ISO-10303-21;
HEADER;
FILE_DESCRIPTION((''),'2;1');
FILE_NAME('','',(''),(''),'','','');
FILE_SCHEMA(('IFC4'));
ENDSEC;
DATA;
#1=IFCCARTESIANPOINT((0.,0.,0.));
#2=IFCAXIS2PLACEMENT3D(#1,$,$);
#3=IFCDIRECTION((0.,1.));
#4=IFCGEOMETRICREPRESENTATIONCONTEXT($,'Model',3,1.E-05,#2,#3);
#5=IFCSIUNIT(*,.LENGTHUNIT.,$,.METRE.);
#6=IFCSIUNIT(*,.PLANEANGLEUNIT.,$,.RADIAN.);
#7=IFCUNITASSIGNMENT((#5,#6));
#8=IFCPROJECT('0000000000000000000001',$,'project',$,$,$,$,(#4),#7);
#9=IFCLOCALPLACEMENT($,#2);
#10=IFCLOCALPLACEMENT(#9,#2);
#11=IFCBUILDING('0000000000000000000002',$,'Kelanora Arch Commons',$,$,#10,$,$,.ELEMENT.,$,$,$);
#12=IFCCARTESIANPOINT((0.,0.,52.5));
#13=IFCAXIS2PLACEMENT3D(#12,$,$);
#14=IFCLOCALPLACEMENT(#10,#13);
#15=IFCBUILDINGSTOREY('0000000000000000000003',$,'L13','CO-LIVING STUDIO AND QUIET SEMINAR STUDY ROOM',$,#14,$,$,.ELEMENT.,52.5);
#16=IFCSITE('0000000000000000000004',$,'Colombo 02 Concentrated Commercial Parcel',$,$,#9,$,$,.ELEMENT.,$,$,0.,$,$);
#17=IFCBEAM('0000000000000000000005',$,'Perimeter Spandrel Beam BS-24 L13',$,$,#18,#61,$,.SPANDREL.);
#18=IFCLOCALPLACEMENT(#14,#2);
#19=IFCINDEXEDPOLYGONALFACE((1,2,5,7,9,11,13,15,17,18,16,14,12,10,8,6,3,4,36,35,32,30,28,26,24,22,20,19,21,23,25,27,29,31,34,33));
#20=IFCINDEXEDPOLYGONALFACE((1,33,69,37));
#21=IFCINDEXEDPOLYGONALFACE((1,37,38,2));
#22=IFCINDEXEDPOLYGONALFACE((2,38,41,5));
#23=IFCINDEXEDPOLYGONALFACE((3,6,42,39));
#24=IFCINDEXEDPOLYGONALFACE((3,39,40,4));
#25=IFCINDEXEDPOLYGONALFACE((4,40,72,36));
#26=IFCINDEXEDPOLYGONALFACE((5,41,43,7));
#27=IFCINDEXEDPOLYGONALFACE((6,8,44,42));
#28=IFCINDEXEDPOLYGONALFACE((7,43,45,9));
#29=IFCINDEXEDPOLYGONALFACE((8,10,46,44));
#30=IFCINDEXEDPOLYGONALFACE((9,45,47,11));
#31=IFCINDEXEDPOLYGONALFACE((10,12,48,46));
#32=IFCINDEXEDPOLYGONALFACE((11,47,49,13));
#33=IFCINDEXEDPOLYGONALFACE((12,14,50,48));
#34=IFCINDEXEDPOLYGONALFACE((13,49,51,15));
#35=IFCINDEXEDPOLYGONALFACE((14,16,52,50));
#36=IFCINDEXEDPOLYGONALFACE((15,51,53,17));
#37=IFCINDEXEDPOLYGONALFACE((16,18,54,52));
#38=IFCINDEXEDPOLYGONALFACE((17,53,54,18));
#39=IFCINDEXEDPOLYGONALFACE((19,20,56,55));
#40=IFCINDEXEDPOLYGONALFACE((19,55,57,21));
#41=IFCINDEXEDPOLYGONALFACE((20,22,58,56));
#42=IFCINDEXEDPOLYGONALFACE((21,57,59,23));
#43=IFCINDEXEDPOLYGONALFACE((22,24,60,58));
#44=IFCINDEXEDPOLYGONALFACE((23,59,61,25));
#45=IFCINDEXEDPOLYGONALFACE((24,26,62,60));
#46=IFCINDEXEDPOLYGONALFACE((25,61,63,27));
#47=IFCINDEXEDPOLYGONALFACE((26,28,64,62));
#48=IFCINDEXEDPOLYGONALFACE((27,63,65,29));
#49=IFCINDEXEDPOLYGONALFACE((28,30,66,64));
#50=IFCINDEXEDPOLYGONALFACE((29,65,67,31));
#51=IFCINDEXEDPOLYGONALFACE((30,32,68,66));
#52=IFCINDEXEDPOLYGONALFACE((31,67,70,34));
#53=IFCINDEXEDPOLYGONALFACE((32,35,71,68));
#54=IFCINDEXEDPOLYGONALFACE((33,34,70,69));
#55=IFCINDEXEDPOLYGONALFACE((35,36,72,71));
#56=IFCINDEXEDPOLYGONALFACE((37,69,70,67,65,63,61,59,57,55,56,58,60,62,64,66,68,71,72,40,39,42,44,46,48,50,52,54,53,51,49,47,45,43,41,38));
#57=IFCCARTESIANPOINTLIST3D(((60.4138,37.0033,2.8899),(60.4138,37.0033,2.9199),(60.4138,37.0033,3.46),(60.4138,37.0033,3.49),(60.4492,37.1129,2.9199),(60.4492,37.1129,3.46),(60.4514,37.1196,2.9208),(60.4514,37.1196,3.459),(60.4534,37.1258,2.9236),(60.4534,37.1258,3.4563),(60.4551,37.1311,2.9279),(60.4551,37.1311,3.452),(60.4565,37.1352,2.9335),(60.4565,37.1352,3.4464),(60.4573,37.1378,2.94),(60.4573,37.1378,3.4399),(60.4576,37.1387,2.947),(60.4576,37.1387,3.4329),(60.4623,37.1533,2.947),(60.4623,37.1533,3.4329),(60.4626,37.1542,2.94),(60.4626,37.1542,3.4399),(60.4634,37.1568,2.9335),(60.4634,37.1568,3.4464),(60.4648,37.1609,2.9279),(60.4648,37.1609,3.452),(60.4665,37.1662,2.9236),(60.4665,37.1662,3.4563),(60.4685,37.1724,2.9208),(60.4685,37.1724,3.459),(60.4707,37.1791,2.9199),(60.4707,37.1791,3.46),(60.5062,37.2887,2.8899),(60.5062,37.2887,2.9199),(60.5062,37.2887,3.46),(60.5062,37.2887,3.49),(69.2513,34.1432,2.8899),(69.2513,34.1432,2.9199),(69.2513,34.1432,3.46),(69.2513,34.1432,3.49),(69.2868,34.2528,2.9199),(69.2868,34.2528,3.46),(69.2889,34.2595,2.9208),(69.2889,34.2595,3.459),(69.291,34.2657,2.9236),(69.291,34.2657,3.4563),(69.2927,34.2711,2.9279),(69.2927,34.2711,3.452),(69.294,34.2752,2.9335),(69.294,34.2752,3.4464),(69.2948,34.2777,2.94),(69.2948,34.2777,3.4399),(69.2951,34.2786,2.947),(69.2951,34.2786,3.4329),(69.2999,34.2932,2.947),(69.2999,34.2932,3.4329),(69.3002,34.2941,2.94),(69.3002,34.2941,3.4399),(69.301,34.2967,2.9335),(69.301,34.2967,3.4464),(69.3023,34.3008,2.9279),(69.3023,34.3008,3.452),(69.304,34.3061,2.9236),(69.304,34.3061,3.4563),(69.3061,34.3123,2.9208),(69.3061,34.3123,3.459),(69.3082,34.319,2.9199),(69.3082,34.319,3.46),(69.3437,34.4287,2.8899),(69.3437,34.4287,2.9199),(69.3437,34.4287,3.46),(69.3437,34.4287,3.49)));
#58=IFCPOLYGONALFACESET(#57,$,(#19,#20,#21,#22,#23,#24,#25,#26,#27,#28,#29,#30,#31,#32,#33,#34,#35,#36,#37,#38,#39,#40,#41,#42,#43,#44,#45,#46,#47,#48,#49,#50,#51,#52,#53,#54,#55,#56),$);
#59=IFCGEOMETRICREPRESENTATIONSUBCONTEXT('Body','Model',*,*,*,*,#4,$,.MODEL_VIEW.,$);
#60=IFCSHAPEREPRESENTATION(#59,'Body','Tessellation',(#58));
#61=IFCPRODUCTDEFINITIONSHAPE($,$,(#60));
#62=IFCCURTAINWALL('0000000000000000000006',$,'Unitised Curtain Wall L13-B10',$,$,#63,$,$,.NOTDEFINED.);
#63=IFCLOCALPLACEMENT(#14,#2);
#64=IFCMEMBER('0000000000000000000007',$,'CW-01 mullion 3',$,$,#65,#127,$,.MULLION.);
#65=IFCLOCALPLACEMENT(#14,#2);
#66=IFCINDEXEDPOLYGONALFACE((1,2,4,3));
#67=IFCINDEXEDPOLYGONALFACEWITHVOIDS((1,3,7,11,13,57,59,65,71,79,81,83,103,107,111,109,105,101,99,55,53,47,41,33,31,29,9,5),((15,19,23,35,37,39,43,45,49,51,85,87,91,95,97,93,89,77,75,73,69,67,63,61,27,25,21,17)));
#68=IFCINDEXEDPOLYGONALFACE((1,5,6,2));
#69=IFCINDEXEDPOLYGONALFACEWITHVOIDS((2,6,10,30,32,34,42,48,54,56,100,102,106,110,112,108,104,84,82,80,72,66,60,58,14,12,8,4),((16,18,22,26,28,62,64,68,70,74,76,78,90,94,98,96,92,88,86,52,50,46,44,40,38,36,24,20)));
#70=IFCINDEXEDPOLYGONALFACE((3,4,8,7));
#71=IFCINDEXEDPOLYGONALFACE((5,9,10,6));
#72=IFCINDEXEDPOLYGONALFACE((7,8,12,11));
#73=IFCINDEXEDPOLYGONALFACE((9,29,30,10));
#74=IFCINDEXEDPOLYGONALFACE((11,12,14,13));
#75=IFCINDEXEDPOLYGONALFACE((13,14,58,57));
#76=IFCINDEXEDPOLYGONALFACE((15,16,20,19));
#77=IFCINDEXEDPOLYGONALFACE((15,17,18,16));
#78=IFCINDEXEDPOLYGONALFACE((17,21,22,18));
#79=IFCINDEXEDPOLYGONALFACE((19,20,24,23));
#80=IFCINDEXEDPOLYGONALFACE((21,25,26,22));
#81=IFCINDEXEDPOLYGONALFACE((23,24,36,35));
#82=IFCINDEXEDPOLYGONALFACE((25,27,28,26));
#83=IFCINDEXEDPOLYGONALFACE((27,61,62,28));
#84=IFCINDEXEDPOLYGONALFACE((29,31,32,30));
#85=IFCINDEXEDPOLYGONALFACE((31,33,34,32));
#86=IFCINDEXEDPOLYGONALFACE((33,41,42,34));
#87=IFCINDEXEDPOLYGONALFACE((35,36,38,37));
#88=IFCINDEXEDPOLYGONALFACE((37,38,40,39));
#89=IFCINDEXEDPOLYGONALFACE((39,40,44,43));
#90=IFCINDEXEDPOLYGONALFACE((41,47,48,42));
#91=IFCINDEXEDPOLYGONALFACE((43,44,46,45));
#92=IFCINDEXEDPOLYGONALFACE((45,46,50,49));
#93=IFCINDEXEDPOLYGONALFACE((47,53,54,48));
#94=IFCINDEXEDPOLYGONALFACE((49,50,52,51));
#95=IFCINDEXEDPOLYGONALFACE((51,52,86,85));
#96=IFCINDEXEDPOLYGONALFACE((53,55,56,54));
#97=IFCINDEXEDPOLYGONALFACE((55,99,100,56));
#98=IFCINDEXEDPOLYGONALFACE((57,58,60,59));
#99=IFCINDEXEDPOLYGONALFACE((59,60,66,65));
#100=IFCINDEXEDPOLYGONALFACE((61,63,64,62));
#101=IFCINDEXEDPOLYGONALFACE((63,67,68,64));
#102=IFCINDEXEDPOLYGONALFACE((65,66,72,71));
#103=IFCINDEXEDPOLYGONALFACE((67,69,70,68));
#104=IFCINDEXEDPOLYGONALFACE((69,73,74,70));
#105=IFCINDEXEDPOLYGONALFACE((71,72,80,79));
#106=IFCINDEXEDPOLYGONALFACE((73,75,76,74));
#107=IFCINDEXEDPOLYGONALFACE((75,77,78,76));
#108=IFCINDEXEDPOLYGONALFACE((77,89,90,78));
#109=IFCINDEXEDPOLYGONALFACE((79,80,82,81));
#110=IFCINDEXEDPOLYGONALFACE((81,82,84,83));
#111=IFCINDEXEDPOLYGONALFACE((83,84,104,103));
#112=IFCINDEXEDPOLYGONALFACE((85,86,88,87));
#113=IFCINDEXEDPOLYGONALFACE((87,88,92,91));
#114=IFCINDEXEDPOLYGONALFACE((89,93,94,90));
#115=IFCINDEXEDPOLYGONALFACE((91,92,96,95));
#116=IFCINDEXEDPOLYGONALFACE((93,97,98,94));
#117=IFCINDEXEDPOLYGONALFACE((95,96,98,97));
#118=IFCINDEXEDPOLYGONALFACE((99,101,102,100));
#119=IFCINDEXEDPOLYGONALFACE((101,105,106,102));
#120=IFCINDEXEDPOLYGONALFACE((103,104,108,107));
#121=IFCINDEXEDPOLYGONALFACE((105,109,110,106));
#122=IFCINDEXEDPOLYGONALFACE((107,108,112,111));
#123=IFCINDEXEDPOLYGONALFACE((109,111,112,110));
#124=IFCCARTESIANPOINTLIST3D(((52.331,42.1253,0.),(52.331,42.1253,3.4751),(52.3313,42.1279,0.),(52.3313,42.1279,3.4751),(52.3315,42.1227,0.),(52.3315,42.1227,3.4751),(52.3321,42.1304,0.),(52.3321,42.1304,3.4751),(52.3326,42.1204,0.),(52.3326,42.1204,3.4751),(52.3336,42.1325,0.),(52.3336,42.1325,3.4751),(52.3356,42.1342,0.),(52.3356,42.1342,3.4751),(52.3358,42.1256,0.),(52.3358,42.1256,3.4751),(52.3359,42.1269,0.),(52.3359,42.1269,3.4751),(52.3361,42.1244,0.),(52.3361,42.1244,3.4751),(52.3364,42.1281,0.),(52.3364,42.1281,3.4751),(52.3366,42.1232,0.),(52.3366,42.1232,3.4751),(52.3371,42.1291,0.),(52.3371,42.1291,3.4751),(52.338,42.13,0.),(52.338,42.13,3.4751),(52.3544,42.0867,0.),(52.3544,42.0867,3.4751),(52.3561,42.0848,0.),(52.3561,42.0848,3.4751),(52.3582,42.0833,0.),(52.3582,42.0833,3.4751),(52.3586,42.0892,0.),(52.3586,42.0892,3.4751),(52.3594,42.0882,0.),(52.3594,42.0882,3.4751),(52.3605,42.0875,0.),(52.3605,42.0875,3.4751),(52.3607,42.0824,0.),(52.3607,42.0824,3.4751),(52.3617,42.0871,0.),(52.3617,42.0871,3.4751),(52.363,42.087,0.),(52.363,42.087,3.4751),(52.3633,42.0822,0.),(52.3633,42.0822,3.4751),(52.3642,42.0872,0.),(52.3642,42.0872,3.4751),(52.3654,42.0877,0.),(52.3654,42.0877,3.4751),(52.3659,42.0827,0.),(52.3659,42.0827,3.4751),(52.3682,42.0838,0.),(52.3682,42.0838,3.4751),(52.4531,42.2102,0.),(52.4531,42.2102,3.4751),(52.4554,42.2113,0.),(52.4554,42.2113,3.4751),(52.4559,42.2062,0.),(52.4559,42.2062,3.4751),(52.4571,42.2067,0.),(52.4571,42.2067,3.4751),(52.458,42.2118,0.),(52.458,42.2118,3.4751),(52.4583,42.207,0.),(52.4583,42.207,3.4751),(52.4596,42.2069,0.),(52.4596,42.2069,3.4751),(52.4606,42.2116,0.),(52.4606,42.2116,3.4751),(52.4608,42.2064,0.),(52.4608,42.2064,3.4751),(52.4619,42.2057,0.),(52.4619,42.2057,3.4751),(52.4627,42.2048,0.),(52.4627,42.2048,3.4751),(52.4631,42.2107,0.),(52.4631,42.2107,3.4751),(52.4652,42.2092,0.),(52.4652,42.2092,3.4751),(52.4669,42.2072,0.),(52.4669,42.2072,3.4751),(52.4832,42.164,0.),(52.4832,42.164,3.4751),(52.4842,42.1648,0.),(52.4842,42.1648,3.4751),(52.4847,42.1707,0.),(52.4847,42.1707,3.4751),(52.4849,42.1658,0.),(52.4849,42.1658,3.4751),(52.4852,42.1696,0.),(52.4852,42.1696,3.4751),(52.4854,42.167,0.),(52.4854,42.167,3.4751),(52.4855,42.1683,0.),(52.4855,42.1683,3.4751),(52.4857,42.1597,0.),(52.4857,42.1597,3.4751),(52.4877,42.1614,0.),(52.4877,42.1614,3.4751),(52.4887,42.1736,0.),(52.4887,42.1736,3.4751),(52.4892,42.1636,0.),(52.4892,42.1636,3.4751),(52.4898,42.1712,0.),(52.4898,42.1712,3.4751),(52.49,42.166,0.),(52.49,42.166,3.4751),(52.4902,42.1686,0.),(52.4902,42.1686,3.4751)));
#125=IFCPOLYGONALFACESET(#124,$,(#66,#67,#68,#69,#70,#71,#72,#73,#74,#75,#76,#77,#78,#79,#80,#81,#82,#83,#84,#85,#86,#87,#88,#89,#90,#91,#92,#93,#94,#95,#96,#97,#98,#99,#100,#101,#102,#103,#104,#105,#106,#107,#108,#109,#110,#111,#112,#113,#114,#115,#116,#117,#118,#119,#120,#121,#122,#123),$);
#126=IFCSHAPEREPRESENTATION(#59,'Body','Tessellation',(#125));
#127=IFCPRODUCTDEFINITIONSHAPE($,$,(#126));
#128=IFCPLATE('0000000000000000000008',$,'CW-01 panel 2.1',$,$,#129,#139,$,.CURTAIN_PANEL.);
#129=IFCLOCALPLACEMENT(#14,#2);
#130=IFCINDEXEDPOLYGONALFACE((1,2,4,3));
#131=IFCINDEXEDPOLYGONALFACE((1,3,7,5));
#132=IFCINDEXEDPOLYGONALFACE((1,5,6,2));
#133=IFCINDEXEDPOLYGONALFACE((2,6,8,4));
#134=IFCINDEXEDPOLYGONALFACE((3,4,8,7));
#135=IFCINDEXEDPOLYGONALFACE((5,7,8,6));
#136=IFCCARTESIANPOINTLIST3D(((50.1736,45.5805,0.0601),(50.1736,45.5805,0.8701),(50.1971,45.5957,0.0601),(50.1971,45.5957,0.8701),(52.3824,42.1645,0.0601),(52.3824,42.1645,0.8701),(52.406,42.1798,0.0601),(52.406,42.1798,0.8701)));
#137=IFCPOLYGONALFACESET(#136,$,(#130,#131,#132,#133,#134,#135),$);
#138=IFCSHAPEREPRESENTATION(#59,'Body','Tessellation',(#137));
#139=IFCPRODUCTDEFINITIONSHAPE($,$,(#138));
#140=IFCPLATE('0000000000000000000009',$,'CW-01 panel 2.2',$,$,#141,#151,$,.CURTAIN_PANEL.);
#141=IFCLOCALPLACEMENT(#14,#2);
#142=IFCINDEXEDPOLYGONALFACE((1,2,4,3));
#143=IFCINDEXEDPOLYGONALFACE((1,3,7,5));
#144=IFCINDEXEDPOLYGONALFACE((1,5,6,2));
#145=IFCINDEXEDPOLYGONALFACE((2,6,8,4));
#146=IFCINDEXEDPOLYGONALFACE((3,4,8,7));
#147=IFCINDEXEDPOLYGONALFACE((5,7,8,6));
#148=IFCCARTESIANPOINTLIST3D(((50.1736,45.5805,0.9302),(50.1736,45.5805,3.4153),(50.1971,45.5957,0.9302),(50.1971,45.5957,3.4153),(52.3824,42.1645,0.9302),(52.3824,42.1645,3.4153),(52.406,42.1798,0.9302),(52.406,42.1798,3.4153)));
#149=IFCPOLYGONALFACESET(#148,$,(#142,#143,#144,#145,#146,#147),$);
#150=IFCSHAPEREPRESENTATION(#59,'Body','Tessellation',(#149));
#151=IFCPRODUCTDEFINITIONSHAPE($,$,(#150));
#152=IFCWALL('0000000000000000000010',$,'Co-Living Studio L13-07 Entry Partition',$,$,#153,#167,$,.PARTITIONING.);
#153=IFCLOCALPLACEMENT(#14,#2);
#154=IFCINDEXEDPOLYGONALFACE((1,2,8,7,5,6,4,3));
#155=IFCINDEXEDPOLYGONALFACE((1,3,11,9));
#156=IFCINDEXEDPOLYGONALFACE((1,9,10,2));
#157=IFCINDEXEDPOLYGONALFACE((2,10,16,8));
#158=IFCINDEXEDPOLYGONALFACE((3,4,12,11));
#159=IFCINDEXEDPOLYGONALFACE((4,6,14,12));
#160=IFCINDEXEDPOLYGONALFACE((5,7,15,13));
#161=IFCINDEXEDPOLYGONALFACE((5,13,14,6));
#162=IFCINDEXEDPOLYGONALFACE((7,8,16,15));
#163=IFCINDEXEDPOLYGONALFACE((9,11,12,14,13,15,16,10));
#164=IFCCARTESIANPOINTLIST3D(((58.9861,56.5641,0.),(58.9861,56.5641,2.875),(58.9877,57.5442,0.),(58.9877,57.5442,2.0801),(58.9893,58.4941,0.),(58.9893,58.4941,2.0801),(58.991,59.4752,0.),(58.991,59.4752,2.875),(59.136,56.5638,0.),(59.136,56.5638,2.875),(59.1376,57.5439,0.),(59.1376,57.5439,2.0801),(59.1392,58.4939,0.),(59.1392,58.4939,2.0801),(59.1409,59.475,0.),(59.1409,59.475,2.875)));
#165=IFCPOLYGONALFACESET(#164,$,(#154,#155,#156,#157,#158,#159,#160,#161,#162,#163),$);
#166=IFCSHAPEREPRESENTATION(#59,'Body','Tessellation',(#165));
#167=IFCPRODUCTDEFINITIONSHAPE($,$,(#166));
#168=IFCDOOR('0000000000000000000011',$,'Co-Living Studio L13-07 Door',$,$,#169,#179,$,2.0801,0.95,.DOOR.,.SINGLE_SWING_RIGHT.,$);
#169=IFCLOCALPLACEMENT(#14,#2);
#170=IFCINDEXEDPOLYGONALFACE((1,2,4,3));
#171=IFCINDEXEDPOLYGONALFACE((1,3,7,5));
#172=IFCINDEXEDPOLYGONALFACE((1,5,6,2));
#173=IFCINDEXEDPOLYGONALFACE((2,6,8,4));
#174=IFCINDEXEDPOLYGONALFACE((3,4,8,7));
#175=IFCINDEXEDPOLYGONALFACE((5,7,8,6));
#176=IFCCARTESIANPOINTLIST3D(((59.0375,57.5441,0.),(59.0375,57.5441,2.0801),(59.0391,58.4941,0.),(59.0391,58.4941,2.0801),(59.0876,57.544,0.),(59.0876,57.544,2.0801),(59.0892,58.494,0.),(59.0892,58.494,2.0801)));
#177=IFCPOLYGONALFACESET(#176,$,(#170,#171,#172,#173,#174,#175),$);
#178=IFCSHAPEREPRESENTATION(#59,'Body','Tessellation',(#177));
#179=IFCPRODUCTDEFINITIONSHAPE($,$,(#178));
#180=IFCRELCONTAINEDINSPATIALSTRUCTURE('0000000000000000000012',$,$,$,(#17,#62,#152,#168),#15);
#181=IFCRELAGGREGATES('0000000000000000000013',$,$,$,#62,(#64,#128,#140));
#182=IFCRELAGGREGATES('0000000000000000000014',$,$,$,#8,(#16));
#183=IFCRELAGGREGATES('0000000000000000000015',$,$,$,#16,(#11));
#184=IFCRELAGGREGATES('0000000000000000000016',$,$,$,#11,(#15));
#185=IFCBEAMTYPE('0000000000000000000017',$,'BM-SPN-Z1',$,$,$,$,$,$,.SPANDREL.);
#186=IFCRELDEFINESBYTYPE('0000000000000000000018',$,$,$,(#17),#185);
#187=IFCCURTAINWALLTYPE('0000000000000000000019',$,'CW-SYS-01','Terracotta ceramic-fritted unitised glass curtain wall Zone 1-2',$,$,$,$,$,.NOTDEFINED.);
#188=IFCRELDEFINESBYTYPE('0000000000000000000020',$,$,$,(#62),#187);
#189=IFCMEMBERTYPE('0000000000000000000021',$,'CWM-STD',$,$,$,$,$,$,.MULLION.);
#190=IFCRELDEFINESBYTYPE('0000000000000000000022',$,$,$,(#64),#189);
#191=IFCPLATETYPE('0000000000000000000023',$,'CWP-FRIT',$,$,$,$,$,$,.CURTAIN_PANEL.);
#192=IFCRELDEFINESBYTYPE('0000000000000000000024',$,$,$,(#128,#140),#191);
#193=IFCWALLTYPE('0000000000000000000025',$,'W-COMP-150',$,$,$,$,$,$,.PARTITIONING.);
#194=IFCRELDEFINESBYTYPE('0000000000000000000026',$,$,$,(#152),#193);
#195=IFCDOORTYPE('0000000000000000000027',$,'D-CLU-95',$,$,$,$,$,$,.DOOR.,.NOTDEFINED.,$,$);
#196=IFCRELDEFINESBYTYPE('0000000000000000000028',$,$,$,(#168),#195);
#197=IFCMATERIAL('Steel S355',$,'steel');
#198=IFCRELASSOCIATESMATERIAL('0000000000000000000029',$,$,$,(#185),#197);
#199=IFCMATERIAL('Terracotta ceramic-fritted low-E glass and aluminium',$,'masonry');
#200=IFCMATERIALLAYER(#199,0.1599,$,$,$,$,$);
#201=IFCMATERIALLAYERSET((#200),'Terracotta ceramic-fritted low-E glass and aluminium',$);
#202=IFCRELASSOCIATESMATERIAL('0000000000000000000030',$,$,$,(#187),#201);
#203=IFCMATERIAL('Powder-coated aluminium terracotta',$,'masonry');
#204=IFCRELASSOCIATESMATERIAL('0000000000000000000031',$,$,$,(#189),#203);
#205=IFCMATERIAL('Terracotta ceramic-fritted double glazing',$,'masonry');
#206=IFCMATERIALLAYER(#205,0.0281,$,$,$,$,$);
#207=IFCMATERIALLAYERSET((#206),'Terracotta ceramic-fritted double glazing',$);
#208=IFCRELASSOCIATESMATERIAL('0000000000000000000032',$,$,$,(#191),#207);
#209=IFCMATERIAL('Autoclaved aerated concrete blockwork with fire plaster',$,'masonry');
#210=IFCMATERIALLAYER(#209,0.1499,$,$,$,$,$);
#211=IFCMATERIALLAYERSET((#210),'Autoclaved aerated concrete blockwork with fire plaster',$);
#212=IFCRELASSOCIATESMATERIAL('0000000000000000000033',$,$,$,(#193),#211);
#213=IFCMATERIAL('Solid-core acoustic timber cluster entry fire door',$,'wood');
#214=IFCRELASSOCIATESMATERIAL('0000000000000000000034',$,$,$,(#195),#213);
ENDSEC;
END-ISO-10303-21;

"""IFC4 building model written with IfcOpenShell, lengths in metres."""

from ifc_helpers import new_model, si_unit, direction, frame, frame_2d, origin, origin_2d, place, context, subcontext, project, spatial, rectangle, hollow_rectangle, i_section, extrude, source, transform, mapped, material, layer, layer_set, material_profile, profile_set, type_object, element, fill, aggregate, save


model = new_model("IFC4")

# Units and contexts
model_context = context("Model", 3, precision=1e-05, world=origin(), true_north=direction((0.0, 1.0)))
body_context = subcontext(model_context, "Body", "Model", "MODEL_VIEW")
ifc_project = project(units=[si_unit("LENGTHUNIT", "METRE"), si_unit("PLANEANGLEUNIT", "RADIAN")], contexts=[model_context])

# Site, building, storey
site_placement = place(None, origin())
site = spatial("IfcSite", under=ifc_project, at=site_placement, Name="Colombo 02 Concentrated Commercial Parcel", CompositionType="ELEMENT", RefElevation=0.0)
building_placement = place(site_placement, origin())
building = spatial("IfcBuilding", under=site, at=building_placement, Name="Kelanora Arch Commons", CompositionType="ELEMENT")
storey_placement = place(building_placement, frame((0.0, 0.0, 52.5)))
storey = spatial("IfcBuildingStorey", under=building, at=storey_placement, Name="L13", Description="CO-LIVING STUDIO AND QUIET SEMINAR STUDY ROOM", CompositionType="ELEMENT", Elevation=52.5)

# Beam
ifc_material_1 = material(Name="Steel S355", Category="steel")
ifc_material_profile_1 = material_profile(ifc_material_1, i_section(OverallWidth=0.3, OverallDepth=0.6001, WebThickness=0.0154, FlangeThickness=0.03, FilletRadius=0.0271, at=origin_2d()), Name="HEB600")
ifc_profile_set_1 = profile_set([ifc_material_profile_1], Name="Steel S355")
beam_type_1 = type_object("IfcBeamType", Name="BM-SPN-Z1", PredefinedType="SPANDREL", material=ifc_profile_set_1)
beam_1_placement = place(storey_placement, frame((60.46, 37.146, 3.1899), z_axis=(0.951417, -0.307905, 0.0), x_axis=(0.307905, 0.951417, 0.0)))
element("IfcBeam", 1, at=beam_1_placement, inside=storey, type_object=beam_type_1, Name="Perimeter Spandrel Beam BS-24 L13", PredefinedType="SPANDREL", context=body_context, shape_type="SweptSolid", body=[
    extrude(i_section(OverallWidth=0.3, OverallDepth=0.6001, WebThickness=0.0154, FlangeThickness=0.03, FilletRadius=0.0271, at=origin_2d()), origin(), (0.0, 0.0, 1.0), 9.2888),
])

# Curtain wall, member, plates
ifc_material_2 = material(Name="Terracotta ceramic-fritted low-E glass and aluminium", Category="masonry")
ifc_layer_1 = layer(ifc_material_2, 0.1599)
ifc_layer_set_1 = layer_set([ifc_layer_1], Name="Terracotta ceramic-fritted low-E glass and aluminium")
curtain_wall_type = type_object("IfcCurtainWallType", Name="CW-SYS-01", Description="Terracotta ceramic-fritted unitised glass curtain wall Zone 1-2", PredefinedType="NOTDEFINED", material=ifc_layer_set_1)
curtain_wall_placement = place(storey_placement, origin())
curtain_wall = element("IfcCurtainWall", 2, at=curtain_wall_placement, inside=storey, type_object=curtain_wall_type, Name="Unitised Curtain Wall L13-B10", PredefinedType="NOTDEFINED")
ifc_material_3 = material(Name="Powder-coated aluminium terracotta", Category="masonry")
ifc_material_profile_2 = material_profile(ifc_material_3, hollow_rectangle(XDim=0.1599, YDim=0.0601, WallThickness=0.0049, InnerFilletRadius=0.0049, OuterFilletRadius=0.01, at=origin_2d()), Name="CWM160x60")
ifc_profile_set_2 = profile_set([ifc_material_profile_2], Name="Powder-coated aluminium terracotta")
member_type = type_object("IfcMemberType", Name="CWM-STD", PredefinedType="MULLION", material=ifc_profile_set_2)
member_placement = place(storey_placement, frame((52.4106, 42.147, 0.0), z_axis=(0.0, 0.0, 1.0), x_axis=(0.83973, 0.543004, 0.0)))
member = element("IfcMember", 3, at=member_placement, type_object=member_type, Name="CW-01 mullion 3", PredefinedType="MULLION", context=body_context, shape_type="SweptSolid", body=[
    extrude(hollow_rectangle(XDim=0.1599, YDim=0.0601, WallThickness=0.0049, InnerFilletRadius=0.0049, OuterFilletRadius=0.01, at=origin_2d()), origin(), (0.0, 0.0, 1.0), 3.4751),
])
ifc_material_4 = material(Name="Terracotta ceramic-fritted double glazing", Category="masonry")
ifc_layer_2 = layer(ifc_material_4, 0.0281)
ifc_layer_set_2 = layer_set([ifc_layer_2], Name="Terracotta ceramic-fritted double glazing")
plate_type = type_object("IfcPlateType", Name="CWP-FRIT", PredefinedType="CURTAIN_PANEL", material=ifc_layer_set_2)
shared_shape_1 = source(origin(), body_context, "Body", "SweptSolid", [
    extrude(rectangle(XDim=4.0679, YDim=0.0281, at=origin_2d()), origin(), (0.0, 0.0, 1.0), 0.8101),
])
plate_1_placement = place(storey_placement, frame((51.2898, 43.8801, 0.0601), z_axis=(0.0, 0.0, 1.0), x_axis=(0.543004, -0.83973, 0.0)))
plate_1 = element("IfcPlate", 4, at=plate_1_placement, type_object=plate_type, Name="CW-01 panel 2.1", PredefinedType="CURTAIN_PANEL", context=body_context, shape_type="MappedRepresentation", body=[
    mapped(shared_shape_1, transform((0.0, 0.0, 0.0), scale=1.0)),
])
shared_shape_2 = source(origin(), body_context, "Body", "SweptSolid", [
    extrude(rectangle(XDim=4.0679, YDim=0.0281, at=origin_2d()), origin(), (0.0, 0.0, 1.0), 2.4851),
])
plate_2_placement = place(storey_placement, frame((51.2898, 43.8801, 0.9302), z_axis=(0.0, 0.0, 1.0), x_axis=(0.543004, -0.83973, 0.0)))
plate_2 = element("IfcPlate", 5, at=plate_2_placement, type_object=plate_type, Name="CW-01 panel 2.2", PredefinedType="CURTAIN_PANEL", context=body_context, shape_type="MappedRepresentation", body=[
    mapped(shared_shape_2, transform((0.0, 0.0, 0.0), scale=1.0)),
])
aggregate(curtain_wall, [member, plate_1, plate_2])

# Wall, opening, door
ifc_material_5 = material(Name="Autoclaved aerated concrete blockwork with fire plaster", Category="masonry")
ifc_layer_3 = layer(ifc_material_5, 0.1499)
ifc_layer_set_3 = layer_set([ifc_layer_3], Name="Autoclaved aerated concrete blockwork with fire plaster")
wall_type_1 = type_object("IfcWallType", Name="W-COMP-150", PredefinedType="PARTITIONING", material=ifc_layer_set_3)
wall_1_placement = place(storey_placement, frame((59.0659, 59.4751, 0.0), z_axis=(0.0, 0.0, 1.0), x_axis=(-0.001677, -0.999999, 0.0)))
wall_1 = element("IfcWall", 6, at=wall_1_placement, inside=storey, type_object=wall_type_1, Name="Co-Living Studio L13-07 Entry Partition", PredefinedType="PARTITIONING", context=body_context, shape_type="SweptSolid", body=[
    extrude(rectangle(XDim=2.9111, YDim=0.1499, at=frame_2d((1.4556, 0.0))), origin(), (0.0, 0.0, 1.0), 2.875),
])
opening_1_placement = place(wall_1_placement, frame((0.981, 0.0, 0.0)))
opening_1 = element("IfcOpeningElement", 7, at=opening_1_placement, cuts=wall_1, PredefinedType="OPENING", context=body_context, shape_type="SweptSolid", body=[
    extrude(rectangle(XDim=0.95, YDim=2.0801, at=frame_2d((0.4751, 1.04))), frame((0.0, 0.085, 0.0), z_axis=(0.0, -1.0, 0.0), x_axis=(1.0, 0.0, 0.0)), (0.0, 0.0, 1.0), 0.1699),
])
ifc_material_6 = material(Name="Solid-core acoustic timber cluster entry fire door", Category="wood")
door_type_1 = type_object("IfcDoorType", Name="D-CLU-95", OperationType="NOTDEFINED", PredefinedType="DOOR", material=ifc_material_6)
door_1_placement = place(opening_1_placement, origin())
door_1 = element("IfcDoor", 8, at=door_1_placement, inside=storey, type_object=door_type_1, Name="Co-Living Studio L13-07 Door", OperationType="SINGLE_SWING_RIGHT", OverallHeight=2.0801, OverallWidth=0.95, PredefinedType="DOOR", context=body_context, shape_type="SweptSolid", body=[
    extrude(rectangle(XDim=0.95, YDim=2.0801, at=frame_2d((0.4751, 1.04))), frame((0.0, 0.0249, 0.0), z_axis=(0.0, -1.0, 0.0), x_axis=(1.0, 0.0, 0.0)), (0.0, 0.0, 1.0), 0.05),
])
fill(opening_1, door_1)

save(model, "model.ifc")
